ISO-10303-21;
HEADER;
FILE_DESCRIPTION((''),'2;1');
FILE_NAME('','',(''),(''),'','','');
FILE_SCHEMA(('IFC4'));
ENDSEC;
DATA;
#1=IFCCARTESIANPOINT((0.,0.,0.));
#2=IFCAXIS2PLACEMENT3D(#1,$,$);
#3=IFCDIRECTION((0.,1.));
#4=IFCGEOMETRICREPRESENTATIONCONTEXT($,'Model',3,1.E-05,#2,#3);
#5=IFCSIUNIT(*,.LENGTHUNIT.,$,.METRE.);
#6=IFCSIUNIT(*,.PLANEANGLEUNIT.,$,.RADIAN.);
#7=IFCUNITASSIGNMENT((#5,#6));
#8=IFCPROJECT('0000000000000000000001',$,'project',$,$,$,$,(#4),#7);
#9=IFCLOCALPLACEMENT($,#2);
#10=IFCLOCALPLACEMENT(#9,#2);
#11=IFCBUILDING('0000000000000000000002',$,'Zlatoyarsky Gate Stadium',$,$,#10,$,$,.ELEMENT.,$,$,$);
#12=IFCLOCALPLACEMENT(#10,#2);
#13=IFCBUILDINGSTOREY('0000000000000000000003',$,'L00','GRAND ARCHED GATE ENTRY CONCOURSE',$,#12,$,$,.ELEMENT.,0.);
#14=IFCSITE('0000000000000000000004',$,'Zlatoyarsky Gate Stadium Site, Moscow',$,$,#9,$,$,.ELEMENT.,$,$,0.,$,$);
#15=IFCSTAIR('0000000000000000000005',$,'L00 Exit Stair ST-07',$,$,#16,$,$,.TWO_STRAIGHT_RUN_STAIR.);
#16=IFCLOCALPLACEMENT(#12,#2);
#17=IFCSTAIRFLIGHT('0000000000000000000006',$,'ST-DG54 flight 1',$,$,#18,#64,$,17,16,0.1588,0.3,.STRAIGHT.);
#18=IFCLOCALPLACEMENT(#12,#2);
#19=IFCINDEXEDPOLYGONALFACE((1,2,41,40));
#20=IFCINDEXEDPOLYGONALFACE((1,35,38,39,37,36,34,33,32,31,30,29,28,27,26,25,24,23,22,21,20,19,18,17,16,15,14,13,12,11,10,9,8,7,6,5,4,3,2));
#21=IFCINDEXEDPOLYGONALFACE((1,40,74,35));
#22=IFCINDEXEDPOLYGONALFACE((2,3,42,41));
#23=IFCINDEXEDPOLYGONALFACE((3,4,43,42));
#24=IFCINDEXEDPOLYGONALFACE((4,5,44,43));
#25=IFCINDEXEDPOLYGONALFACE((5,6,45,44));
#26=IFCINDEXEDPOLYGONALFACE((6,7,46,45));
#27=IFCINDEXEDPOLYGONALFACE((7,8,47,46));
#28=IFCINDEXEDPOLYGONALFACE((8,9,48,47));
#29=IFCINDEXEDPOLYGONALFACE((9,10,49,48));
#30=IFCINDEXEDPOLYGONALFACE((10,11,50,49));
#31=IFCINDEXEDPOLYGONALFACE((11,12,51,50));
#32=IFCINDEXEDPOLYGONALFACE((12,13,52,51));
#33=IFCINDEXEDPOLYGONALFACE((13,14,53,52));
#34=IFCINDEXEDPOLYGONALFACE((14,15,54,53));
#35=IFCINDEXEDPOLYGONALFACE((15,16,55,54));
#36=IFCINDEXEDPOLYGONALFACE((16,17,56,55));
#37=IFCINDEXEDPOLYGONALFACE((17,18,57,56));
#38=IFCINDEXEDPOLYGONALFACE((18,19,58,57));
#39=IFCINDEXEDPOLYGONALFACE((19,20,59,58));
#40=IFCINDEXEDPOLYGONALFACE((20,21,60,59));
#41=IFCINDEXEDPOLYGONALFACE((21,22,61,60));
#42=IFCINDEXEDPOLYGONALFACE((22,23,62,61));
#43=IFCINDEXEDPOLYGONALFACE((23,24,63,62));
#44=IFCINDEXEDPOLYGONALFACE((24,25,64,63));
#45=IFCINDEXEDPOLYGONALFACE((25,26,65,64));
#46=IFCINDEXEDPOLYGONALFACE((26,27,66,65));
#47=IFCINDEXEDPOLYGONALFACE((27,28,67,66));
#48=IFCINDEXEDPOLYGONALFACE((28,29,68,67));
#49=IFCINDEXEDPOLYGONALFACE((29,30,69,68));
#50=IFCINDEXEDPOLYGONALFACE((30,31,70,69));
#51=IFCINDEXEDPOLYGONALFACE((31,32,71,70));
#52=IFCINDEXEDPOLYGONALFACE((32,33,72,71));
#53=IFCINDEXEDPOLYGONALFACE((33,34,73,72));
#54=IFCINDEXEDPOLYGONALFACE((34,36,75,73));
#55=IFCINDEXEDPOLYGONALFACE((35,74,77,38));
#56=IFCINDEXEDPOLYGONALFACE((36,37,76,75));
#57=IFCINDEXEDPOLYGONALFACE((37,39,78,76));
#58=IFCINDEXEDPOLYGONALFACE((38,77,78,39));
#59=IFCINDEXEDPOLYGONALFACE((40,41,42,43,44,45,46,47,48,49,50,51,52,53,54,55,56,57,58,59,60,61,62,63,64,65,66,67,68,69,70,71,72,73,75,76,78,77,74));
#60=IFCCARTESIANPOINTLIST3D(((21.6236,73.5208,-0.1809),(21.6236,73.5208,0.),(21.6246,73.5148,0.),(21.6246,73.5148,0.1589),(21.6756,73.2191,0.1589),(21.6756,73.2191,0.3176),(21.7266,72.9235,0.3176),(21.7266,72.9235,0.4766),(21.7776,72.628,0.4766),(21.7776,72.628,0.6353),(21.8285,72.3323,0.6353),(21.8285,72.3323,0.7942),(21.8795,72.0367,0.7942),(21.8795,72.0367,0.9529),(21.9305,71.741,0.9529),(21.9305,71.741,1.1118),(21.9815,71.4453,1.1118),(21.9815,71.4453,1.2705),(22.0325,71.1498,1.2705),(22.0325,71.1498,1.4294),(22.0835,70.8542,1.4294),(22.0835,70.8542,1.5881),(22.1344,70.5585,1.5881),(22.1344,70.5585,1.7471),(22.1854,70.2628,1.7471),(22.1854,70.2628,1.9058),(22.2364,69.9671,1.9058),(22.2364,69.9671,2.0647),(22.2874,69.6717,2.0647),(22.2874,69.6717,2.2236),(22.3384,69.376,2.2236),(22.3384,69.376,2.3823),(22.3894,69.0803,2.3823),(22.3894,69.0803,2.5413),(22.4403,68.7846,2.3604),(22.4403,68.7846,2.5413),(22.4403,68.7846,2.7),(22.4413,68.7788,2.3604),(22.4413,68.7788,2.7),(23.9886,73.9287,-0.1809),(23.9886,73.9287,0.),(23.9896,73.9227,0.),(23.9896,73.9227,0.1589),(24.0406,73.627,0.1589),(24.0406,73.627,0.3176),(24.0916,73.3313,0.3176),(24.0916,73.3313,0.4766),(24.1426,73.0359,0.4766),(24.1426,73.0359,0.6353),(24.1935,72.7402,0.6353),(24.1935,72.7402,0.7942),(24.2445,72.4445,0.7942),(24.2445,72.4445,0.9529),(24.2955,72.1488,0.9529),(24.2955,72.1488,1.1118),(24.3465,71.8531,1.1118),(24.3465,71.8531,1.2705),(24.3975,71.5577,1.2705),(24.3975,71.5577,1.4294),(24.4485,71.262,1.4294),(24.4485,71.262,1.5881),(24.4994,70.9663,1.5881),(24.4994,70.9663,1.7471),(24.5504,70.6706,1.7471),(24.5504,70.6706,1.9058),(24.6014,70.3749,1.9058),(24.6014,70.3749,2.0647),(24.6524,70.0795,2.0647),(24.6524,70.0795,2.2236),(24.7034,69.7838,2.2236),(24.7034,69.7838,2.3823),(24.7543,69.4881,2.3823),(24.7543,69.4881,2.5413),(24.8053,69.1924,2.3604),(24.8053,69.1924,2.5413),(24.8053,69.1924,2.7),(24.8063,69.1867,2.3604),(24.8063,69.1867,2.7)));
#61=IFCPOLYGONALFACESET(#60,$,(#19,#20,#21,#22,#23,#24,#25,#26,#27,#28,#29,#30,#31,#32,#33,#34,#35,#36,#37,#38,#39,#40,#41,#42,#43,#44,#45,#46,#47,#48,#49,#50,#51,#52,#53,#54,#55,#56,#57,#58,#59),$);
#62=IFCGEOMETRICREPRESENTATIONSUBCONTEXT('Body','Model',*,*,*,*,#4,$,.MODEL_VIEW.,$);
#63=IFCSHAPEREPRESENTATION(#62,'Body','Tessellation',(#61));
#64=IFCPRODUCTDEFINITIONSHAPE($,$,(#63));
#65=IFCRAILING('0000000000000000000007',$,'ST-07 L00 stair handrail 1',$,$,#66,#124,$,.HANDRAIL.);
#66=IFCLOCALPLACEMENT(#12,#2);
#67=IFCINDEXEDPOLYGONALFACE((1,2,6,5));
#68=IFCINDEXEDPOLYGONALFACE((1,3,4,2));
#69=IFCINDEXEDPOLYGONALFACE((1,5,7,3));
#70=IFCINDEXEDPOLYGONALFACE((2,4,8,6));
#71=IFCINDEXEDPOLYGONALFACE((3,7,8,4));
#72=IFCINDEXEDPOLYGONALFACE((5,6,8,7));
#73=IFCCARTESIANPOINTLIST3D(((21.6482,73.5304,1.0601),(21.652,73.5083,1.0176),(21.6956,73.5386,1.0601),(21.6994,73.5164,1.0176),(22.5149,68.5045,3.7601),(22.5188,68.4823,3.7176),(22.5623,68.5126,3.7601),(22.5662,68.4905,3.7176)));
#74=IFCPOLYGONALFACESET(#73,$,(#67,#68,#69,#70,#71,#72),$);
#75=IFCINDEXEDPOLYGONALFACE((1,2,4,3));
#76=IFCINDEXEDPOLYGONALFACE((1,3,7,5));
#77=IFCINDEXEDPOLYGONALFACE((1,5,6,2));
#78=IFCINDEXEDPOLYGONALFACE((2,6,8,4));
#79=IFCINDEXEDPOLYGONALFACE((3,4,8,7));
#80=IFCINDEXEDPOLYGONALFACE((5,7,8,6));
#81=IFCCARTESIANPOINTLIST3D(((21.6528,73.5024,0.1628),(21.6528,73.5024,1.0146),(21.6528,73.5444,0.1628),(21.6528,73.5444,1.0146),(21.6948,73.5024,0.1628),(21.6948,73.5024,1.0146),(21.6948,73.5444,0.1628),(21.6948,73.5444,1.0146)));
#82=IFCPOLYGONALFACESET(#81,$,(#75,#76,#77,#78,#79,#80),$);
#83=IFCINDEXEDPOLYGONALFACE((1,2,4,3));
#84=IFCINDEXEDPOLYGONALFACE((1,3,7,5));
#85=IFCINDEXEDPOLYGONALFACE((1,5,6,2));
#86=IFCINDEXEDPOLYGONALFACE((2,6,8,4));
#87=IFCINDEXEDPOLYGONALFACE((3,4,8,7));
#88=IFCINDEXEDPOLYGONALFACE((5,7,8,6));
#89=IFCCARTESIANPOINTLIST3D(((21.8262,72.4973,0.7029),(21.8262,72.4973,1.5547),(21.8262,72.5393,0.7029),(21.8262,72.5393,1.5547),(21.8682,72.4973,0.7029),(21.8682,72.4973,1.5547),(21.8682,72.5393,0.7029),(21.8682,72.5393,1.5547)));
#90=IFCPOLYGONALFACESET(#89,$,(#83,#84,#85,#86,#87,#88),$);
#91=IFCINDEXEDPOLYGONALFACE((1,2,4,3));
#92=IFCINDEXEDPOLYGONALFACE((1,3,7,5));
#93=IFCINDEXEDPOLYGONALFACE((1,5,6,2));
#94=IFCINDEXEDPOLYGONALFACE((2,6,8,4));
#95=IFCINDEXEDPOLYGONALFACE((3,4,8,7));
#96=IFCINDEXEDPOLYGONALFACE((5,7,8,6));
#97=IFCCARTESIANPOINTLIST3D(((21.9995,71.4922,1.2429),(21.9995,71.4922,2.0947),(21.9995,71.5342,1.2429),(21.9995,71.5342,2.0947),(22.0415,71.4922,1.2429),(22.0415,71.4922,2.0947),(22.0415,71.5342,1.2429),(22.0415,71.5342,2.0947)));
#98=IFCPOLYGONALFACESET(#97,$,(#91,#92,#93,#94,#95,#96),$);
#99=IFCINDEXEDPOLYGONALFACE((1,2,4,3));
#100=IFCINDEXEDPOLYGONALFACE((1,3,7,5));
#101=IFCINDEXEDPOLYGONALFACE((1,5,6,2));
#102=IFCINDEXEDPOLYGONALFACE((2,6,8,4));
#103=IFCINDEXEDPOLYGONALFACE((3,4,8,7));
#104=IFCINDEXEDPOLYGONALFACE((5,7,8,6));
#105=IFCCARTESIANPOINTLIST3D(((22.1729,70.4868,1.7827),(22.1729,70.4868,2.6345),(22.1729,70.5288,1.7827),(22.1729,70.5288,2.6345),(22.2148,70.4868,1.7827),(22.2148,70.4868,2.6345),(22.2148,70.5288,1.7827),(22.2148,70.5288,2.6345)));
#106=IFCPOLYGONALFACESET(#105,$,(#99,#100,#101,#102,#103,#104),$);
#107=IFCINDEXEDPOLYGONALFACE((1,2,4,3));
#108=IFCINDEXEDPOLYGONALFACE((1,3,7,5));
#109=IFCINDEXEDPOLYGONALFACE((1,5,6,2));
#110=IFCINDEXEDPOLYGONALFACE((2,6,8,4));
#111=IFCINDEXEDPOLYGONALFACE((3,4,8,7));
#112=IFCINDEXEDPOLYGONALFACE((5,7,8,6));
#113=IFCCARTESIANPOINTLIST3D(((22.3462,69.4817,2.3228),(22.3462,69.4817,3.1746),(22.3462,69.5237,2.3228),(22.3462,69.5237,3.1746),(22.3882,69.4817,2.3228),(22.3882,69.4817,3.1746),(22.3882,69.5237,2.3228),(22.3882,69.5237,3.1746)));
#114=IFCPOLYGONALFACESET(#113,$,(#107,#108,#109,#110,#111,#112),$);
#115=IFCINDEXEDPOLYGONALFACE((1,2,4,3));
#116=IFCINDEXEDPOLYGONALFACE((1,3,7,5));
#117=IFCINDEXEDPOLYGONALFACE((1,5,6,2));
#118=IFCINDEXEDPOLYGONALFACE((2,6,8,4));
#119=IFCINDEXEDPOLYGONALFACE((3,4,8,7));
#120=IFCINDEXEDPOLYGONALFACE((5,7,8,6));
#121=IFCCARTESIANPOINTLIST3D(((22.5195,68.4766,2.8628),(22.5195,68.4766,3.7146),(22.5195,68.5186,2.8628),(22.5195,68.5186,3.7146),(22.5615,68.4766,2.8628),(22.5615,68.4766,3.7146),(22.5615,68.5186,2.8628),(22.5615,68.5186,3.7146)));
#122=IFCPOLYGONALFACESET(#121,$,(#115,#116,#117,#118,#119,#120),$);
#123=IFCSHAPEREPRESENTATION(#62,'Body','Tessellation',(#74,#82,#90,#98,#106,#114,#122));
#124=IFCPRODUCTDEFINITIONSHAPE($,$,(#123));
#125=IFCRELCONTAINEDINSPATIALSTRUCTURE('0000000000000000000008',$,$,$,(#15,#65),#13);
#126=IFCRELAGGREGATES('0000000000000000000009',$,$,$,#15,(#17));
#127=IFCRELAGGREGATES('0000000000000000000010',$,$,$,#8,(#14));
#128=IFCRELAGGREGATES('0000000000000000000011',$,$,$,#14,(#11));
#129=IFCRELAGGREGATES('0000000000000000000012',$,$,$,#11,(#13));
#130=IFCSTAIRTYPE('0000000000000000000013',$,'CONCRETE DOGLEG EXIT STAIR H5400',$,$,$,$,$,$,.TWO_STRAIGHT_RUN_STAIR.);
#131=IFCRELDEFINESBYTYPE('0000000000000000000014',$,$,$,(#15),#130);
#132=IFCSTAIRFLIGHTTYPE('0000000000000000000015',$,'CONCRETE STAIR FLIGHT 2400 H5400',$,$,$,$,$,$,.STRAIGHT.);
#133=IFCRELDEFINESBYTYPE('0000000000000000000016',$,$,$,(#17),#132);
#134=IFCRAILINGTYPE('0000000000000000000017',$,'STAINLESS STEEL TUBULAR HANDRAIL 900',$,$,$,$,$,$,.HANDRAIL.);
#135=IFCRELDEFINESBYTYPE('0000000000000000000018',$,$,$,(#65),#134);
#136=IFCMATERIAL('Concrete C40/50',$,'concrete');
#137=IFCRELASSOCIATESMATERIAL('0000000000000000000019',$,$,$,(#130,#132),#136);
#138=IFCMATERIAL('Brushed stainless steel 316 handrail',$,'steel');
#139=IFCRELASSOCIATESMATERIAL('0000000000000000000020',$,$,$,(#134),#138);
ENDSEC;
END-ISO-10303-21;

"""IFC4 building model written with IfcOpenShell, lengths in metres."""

from ifc_helpers import new_model, si_unit, direction, frame, origin, origin_2d, place, context, subcontext, project, spatial, polyline, rectangle, outline, extrude, material, type_object, element, aggregate, save


model = new_model("IFC4")

# Units and contexts
model_context = context("Model", 3, precision=1e-05, world=origin(), true_north=direction((0.0, 1.0)))
body_context = subcontext(model_context, "Body", "Model", "MODEL_VIEW")
ifc_project = project(units=[si_unit("LENGTHUNIT", "METRE"), si_unit("PLANEANGLEUNIT", "RADIAN")], contexts=[model_context])

# Site, building, storey
site_placement = place(None, origin())
site = spatial("IfcSite", under=ifc_project, at=site_placement, Name="Zlatoyarsky Gate Stadium Site, Moscow", CompositionType="ELEMENT", RefElevation=0.0)
building_placement = place(site_placement, origin())
building = spatial("IfcBuilding", under=site, at=building_placement, Name="Zlatoyarsky Gate Stadium", CompositionType="ELEMENT")
storey_placement = place(building_placement, origin())
storey = spatial("IfcBuildingStorey", under=building, at=storey_placement, Name="L00", Description="GRAND ARCHED GATE ENTRY CONCOURSE", CompositionType="ELEMENT", Elevation=0.0)

# Shared definitions
ifc_material_1 = material(Name="Concrete C40/50", Category="concrete")

# Stair, stair flight
stair_type = type_object("IfcStairType", Name="CONCRETE DOGLEG EXIT STAIR H5400", PredefinedType="TWO_STRAIGHT_RUN_STAIR", material=ifc_material_1)
stair_placement = place(storey_placement, origin())
stair = element("IfcStair", 1, at=stair_placement, inside=storey, type_object=stair_type, Name="L00 Exit Stair ST-07", PredefinedType="TWO_STRAIGHT_RUN_STAIR")
stair_flight_type = type_object("IfcStairFlightType", Name="CONCRETE STAIR FLIGHT 2400 H5400", PredefinedType="STRAIGHT", material=ifc_material_1)
stair_flight_placement = place(storey_placement, frame((22.8071, 73.7188, 0.0), z_axis=(0.0, 0.0, 1.0), x_axis=(0.169938, -0.985455, 0.0)))
stair_flight = element("IfcStairFlight", 2, at=stair_flight_placement, type_object=stair_flight_type, Name="ST-DG54 flight 1", NumberOfRisers=17, NumberOfTreads=16, PredefinedType="STRAIGHT", RiserHeight=0.1588, TreadLength=0.3, context=body_context, shape_type="SweptSolid", body=[
    extrude(outline(polyline([(-0.0061, -0.1809), (-0.0061, 0.0), (0.0, 0.0), (0.0, 0.1589), (0.3, 0.1589), (0.3, 0.3176), (0.6001, 0.3176), (0.6001, 0.4766), (0.8999, 0.4766), (0.8999, 0.6353), (1.2, 0.6353), (1.2, 0.7942), (1.5, 0.7942), (1.5, 0.9529), (1.8, 0.9529), (1.8, 1.1118), (2.1001, 1.1118), (2.1001, 1.2705), (2.3999, 1.2705), (2.3999, 1.4294), (2.7, 1.4294), (2.7, 1.5881), (3.0, 1.5881), (3.0, 1.7471), (3.3, 1.7471), (3.3, 1.9058), (3.6001, 1.9058), (3.6001, 2.0647), (3.8999, 2.0647), (3.8999, 2.2236), (4.2, 2.2236), (4.2, 2.3823), (4.5, 2.3823), (4.5, 2.5413), (4.8, 2.5413), (4.8, 2.7), (4.8059, 2.7), (4.8059, 2.3604), (4.8, 2.3604), (-0.0061, -0.1809)])), frame((0.0, 1.2, 0.0), z_axis=(0.0, -1.0, 0.0), x_axis=(1.0, 0.0, 0.0)), (0.0, 0.0, 1.0), 2.3999),
])
aggregate(stair, [stair_flight])

# Railing
ifc_material_2 = material(Name="Brushed stainless steel 316 handrail", Category="steel")
railing_type = type_object("IfcRailingType", Name="STAINLESS STEEL TUBULAR HANDRAIL 900", PredefinedType="HANDRAIL", material=ifc_material_2)
railing_placement = place(storey_placement, frame((21.6738, 73.5234, 0.1628)))
element("IfcRailing", 3, at=railing_placement, inside=storey, type_object=railing_type, Name="ST-07 L00 stair handrail 1", PredefinedType="HANDRAIL", context=body_context, shape_type="SweptSolid", body=[
    extrude(rectangle(XDim=0.0481, YDim=0.0481, at=origin_2d()), frame((0.0, 0.0, 0.876), z_axis=(0.150191, -0.870939, 0.467877), x_axis=(0.985455, 0.169939, 0.0)), (0.0, 0.0, 1.0), 5.7708),
    extrude(rectangle(XDim=0.042, YDim=0.042, at=origin_2d()), origin(), (0.0, 0.0, 1.0), 0.8518),
    extrude(rectangle(XDim=0.042, YDim=0.042, at=origin_2d()), frame((0.1733, -1.0051, 0.54)), (0.0, 0.0, 1.0), 0.8518),
    extrude(rectangle(XDim=0.042, YDim=0.042, at=origin_2d()), frame((0.3467, -2.0103, 1.0801)), (0.0, 0.0, 1.0), 0.8518),
    extrude(rectangle(XDim=0.042, YDim=0.042, at=origin_2d()), frame((0.52, -3.0156, 1.6199)), (0.0, 0.0, 1.0), 0.8518),
    extrude(rectangle(XDim=0.042, YDim=0.042, at=origin_2d()), frame((0.6934, -4.0208, 2.1599)), (0.0, 0.0, 1.0), 0.8518),
    extrude(rectangle(XDim=0.042, YDim=0.042, at=origin_2d()), frame((0.8667, -5.0259, 2.7)), (0.0, 0.0, 1.0), 0.8518),
])

save(model, "model.ifc")
